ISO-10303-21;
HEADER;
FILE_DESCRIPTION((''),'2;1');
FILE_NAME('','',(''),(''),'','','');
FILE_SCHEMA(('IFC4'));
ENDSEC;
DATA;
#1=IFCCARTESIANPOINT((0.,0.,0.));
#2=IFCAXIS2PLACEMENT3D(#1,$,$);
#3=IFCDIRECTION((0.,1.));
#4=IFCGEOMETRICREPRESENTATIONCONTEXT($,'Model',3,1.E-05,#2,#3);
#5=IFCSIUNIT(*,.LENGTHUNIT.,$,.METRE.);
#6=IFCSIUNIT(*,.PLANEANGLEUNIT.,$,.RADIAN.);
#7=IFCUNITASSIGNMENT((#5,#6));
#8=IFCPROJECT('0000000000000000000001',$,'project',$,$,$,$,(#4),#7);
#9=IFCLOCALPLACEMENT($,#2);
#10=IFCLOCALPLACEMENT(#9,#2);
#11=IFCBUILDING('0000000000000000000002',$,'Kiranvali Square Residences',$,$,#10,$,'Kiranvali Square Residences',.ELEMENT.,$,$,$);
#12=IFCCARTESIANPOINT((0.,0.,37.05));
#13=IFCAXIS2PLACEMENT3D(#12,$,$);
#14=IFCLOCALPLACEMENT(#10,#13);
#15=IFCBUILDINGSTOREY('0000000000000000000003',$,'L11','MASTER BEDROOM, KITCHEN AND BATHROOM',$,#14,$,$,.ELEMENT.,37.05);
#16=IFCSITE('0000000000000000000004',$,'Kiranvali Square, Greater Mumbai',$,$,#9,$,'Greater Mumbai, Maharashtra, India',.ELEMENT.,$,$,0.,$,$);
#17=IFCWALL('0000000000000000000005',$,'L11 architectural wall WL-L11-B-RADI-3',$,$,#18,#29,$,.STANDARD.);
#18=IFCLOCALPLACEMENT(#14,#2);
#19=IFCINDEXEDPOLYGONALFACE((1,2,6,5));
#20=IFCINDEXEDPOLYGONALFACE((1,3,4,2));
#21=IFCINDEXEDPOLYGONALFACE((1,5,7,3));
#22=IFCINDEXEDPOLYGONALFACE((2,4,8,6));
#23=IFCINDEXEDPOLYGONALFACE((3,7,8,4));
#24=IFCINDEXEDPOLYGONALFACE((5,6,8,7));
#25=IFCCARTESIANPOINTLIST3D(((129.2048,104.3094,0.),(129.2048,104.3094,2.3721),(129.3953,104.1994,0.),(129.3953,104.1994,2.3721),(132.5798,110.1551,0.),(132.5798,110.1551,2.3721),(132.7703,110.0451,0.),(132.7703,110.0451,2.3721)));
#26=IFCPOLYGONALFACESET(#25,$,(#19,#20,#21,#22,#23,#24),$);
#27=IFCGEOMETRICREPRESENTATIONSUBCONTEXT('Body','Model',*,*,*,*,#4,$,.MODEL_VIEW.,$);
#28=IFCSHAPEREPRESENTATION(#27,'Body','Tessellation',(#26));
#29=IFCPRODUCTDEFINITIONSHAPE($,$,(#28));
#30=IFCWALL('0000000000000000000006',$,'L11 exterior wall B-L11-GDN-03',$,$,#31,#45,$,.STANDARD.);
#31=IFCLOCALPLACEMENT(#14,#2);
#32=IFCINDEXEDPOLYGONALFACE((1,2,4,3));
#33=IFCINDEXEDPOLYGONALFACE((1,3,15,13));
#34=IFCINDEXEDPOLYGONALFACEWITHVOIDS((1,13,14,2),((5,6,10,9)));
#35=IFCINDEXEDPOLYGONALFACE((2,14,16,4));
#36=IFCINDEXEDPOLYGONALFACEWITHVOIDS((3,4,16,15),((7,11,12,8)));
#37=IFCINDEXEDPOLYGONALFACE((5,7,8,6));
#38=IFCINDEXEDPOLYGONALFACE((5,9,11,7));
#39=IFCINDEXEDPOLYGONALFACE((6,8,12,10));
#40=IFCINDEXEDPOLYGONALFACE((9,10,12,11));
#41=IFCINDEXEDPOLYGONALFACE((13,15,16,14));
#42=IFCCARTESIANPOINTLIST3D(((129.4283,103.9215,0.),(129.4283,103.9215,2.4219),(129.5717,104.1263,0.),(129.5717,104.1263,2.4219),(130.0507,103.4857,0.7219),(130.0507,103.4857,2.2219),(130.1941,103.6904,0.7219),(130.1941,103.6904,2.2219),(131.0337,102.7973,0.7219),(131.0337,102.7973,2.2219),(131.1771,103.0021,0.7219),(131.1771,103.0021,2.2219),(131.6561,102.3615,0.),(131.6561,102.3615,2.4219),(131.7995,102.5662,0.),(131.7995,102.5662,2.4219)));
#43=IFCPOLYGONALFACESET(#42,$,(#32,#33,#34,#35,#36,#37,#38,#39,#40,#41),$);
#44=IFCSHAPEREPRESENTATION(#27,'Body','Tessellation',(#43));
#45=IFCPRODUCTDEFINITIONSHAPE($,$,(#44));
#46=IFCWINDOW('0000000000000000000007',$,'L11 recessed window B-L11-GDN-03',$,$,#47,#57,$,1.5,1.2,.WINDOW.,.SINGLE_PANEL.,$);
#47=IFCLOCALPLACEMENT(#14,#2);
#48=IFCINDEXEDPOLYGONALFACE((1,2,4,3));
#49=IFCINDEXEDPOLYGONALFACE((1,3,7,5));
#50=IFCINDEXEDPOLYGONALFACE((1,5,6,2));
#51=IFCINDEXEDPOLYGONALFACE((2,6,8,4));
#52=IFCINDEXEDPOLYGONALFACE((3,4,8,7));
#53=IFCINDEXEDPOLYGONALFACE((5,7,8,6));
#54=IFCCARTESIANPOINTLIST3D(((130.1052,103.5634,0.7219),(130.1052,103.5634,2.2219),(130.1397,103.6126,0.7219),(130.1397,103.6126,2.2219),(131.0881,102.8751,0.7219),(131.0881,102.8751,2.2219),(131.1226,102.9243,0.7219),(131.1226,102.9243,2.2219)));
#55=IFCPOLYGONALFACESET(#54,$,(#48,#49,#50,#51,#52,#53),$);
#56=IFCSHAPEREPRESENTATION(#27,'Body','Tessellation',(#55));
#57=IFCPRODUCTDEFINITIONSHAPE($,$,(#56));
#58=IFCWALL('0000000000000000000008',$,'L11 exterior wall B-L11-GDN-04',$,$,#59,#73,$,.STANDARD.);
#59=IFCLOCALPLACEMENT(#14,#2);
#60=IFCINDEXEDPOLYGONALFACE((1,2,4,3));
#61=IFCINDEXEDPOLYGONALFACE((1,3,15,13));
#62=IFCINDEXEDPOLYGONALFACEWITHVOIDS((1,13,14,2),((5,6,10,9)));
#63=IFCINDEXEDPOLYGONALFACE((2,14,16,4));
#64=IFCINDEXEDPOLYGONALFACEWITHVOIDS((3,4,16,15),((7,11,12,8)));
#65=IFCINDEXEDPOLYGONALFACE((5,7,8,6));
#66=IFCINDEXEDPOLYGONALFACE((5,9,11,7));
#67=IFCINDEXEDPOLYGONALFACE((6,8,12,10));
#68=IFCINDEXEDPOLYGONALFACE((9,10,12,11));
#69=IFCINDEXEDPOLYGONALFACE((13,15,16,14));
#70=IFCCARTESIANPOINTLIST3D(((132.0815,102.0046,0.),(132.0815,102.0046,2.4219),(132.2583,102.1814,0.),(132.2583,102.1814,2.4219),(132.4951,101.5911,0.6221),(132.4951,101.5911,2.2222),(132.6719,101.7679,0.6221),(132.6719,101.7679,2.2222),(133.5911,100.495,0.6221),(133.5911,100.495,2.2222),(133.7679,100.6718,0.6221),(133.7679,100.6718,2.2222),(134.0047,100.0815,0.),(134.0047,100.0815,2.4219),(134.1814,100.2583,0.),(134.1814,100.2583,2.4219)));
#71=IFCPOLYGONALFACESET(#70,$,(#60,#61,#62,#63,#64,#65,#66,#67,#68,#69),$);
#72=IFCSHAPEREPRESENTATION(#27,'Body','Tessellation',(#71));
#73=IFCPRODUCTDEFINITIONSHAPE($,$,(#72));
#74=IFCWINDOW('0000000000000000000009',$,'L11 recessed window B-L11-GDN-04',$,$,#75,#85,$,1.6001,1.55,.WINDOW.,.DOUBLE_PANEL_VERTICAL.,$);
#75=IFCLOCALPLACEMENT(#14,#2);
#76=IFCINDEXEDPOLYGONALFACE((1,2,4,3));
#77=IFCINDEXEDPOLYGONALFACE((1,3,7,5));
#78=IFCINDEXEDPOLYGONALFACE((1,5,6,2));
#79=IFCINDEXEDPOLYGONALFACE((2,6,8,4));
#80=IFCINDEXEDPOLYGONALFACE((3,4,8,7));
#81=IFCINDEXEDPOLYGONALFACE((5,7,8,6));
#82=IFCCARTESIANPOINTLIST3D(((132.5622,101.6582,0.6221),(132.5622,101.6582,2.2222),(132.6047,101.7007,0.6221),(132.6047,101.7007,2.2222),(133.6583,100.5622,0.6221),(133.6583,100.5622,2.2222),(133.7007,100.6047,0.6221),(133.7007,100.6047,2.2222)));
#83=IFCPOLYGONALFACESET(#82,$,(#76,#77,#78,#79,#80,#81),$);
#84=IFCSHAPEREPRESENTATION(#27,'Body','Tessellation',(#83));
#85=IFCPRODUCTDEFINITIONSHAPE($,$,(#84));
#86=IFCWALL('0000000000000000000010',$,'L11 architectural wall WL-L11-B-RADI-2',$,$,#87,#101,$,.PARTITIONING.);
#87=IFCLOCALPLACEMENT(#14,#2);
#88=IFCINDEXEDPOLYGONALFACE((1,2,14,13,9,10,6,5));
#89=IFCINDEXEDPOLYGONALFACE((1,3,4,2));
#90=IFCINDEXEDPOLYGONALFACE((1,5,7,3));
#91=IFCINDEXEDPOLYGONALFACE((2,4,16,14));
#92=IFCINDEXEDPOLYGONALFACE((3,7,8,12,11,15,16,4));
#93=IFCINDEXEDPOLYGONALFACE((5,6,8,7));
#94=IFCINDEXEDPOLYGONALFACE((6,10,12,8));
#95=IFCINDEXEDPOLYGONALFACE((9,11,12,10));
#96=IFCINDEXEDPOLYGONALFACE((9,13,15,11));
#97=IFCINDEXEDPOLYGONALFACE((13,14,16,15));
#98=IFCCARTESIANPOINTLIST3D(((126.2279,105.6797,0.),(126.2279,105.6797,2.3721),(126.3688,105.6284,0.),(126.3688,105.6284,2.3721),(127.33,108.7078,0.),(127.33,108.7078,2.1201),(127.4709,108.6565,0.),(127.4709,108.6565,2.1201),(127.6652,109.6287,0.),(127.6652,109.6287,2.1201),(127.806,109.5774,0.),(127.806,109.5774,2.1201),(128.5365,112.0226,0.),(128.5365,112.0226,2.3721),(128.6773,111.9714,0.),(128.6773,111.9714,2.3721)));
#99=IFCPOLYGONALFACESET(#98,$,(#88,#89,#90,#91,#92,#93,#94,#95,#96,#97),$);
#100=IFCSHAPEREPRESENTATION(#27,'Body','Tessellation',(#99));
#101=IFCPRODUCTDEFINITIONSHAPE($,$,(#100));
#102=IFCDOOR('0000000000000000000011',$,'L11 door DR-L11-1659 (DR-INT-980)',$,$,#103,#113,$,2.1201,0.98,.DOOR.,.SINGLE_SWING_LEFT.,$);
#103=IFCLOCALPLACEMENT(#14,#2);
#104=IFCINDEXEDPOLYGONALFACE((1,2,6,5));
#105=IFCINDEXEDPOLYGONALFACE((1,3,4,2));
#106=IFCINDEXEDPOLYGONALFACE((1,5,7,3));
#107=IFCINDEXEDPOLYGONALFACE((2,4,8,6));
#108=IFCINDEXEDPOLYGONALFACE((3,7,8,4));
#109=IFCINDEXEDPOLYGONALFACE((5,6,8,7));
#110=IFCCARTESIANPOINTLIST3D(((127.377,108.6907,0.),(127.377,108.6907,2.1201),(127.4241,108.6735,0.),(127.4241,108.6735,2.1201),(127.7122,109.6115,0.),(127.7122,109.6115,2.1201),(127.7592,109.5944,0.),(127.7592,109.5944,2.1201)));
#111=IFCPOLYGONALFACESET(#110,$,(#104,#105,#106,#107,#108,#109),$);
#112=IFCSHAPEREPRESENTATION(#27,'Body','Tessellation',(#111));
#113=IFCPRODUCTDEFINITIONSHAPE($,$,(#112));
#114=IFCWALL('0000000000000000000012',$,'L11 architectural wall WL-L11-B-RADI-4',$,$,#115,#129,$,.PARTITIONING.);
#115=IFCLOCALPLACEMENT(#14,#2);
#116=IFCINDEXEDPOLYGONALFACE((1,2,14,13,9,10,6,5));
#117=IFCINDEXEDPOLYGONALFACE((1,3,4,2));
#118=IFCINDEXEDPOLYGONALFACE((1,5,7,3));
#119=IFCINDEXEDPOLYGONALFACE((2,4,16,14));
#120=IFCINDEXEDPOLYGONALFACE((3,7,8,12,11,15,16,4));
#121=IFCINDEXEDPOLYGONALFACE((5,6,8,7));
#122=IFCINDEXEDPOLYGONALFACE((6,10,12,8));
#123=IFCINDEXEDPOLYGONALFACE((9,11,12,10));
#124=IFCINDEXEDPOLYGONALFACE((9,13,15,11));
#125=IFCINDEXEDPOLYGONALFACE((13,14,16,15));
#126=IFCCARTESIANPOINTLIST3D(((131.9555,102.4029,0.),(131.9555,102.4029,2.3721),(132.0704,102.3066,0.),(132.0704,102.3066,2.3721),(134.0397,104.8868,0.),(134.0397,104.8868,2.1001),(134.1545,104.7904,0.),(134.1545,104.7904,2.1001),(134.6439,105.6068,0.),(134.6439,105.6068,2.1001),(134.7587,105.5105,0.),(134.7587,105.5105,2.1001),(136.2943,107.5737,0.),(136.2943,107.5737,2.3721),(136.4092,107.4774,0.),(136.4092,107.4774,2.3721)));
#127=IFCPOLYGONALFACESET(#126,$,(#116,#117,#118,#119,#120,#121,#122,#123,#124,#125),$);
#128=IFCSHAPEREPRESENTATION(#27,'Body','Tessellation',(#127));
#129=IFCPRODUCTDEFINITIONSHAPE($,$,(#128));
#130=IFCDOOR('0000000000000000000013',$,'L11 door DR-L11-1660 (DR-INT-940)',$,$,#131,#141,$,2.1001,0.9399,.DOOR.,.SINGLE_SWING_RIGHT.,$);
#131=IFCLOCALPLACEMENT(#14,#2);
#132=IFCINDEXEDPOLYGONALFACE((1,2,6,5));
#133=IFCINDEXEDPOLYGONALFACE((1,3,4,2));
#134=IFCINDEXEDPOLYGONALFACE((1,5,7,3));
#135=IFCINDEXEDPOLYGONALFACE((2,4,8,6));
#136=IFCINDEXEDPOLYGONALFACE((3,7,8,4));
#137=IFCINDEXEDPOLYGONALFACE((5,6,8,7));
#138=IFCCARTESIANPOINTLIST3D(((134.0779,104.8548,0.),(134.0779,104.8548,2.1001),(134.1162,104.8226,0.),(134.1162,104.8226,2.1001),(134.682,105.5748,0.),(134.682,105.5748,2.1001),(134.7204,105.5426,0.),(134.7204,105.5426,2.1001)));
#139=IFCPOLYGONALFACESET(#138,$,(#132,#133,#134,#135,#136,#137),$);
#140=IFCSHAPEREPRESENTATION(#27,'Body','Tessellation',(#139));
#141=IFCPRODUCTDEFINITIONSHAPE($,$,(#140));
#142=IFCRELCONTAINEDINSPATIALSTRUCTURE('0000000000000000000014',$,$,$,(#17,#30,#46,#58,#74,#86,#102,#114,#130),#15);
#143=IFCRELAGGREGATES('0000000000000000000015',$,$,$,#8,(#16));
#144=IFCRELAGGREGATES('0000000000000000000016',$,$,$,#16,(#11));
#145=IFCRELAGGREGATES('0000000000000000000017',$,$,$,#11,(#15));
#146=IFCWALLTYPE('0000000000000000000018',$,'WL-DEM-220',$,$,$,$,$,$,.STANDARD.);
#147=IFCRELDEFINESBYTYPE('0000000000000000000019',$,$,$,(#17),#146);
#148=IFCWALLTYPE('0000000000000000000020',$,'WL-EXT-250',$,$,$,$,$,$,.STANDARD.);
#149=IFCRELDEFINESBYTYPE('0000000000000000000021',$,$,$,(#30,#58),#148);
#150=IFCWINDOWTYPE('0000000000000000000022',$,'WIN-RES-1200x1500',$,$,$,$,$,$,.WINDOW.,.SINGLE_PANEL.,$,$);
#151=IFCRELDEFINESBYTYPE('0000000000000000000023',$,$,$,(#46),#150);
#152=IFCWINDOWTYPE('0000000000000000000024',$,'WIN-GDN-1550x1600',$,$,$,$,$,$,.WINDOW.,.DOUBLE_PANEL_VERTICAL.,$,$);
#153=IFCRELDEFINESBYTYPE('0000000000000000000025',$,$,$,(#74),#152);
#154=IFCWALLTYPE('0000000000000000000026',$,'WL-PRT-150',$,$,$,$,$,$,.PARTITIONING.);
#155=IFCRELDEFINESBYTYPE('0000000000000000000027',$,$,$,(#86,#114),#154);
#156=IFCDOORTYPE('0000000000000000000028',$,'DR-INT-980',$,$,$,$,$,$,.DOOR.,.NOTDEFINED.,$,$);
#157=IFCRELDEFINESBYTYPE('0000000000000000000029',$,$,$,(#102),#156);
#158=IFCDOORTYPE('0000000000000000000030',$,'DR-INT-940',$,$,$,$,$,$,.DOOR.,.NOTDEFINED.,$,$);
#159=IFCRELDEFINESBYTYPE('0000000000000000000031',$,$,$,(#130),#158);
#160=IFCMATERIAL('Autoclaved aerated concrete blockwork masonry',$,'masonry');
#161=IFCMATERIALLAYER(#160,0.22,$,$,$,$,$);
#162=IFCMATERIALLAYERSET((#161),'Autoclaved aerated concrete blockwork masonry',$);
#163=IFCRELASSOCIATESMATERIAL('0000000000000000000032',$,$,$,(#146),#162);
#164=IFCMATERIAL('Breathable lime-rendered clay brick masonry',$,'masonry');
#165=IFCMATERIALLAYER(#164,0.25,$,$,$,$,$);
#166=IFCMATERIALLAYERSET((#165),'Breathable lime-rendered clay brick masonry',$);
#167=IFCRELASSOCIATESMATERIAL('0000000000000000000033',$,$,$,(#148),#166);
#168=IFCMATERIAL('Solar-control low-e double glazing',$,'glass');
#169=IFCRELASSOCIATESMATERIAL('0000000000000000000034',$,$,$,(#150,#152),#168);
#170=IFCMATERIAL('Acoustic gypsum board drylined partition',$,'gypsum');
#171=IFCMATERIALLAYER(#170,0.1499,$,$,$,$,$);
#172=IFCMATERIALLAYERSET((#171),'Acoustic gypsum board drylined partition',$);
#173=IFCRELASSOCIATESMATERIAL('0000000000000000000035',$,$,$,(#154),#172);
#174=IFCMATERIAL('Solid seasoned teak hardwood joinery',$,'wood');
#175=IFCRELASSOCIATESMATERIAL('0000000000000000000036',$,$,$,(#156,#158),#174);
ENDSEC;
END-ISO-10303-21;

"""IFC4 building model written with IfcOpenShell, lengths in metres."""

from ifc_helpers import new_model, si_unit, direction, frame, frame_2d, origin, place, context, subcontext, project, spatial, rectangle, extrude, material, layer, layer_set, type_object, element, fill, save


model = new_model("IFC4")

# Units and contexts
model_context = context("Model", 3, precision=1e-05, world=origin(), true_north=direction((0.0, 1.0)))
body_context = subcontext(model_context, "Body", "Model", "MODEL_VIEW")
ifc_project = project(units=[si_unit("LENGTHUNIT", "METRE"), si_unit("PLANEANGLEUNIT", "RADIAN")], contexts=[model_context])

# Site, building, storey
site_placement = place(None, origin())
site = spatial("IfcSite", under=ifc_project, at=site_placement, Name="Kiranvali Square, Greater Mumbai", LongName="Greater Mumbai, Maharashtra, India", CompositionType="ELEMENT", RefElevation=0.0)
building_placement = place(site_placement, origin())
building = spatial("IfcBuilding", under=site, at=building_placement, Name="Kiranvali Square Residences", LongName="Kiranvali Square Residences", CompositionType="ELEMENT")
storey_placement = place(building_placement, frame((0.0, 0.0, 37.05)))
storey = spatial("IfcBuildingStorey", under=building, at=storey_placement, Name="L11", Description="MASTER BEDROOM, KITCHEN AND BATHROOM", CompositionType="ELEMENT", Elevation=37.05)

# Wall
ifc_material_1 = material(Name="Autoclaved aerated concrete blockwork masonry", Category="masonry")
ifc_layer_1 = layer(ifc_material_1, 0.22)
ifc_layer_set_1 = layer_set([ifc_layer_1], Name="Autoclaved aerated concrete blockwork masonry")
wall_type_1 = type_object("IfcWallType", Name="WL-DEM-220", PredefinedType="STANDARD", material=ifc_layer_set_1)
wall_1_placement = place(storey_placement, frame((129.3, 104.2544, 0.0), z_axis=(0.0, 0.0, 1.0), x_axis=(0.499998, 0.866027, 0.0)))
element("IfcWall", 1, at=wall_1_placement, inside=storey, type_object=wall_type_1, Name="L11 architectural wall WL-L11-B-RADI-3", PredefinedType="STANDARD", context=body_context, shape_type="SweptSolid", body=[
    extrude(rectangle(XDim=6.75, YDim=0.22, at=frame_2d((3.375, 0.0))), origin(), (0.0, 0.0, 1.0), 2.3721),
])

# Shared definitions
ifc_material_2 = material(Name="Breathable lime-rendered clay brick masonry", Category="masonry")
ifc_layer_2 = layer(ifc_material_2, 0.25)
ifc_layer_set_2 = layer_set([ifc_layer_2], Name="Breathable lime-rendered clay brick masonry")
wall_type_2 = type_object("IfcWallType", Name="WL-EXT-250", PredefinedType="STANDARD", material=ifc_layer_set_2)

# Walls, openings, windows
wall_2_placement = place(storey_placement, frame((129.5, 104.0239, 0.0), z_axis=(0.0, 0.0, 1.0), x_axis=(0.819126, -0.573613, 0.0)))
wall_2 = element("IfcWall", 2, at=wall_2_placement, inside=storey, type_object=wall_type_2, Name="L11 exterior wall B-L11-GDN-03", PredefinedType="STANDARD", context=body_context, shape_type="SweptSolid", body=[
    extrude(rectangle(XDim=2.7197, YDim=0.25, at=frame_2d((1.3599, 0.0))), origin(), (0.0, 0.0, 1.0), 2.4219),
])
opening_1_placement = place(wall_2_placement, frame((0.7598, 0.0, 0.7219)))
opening_1 = element("IfcOpeningElement", 3, at=opening_1_placement, cuts=wall_2, PredefinedType="OPENING", context=body_context, shape_type="SweptSolid", body=[
    extrude(rectangle(XDim=1.2, YDim=1.5, at=frame_2d((0.6001, 0.75))), frame((0.0, 0.135, 0.0), z_axis=(0.0, -1.0, 0.0), x_axis=(1.0, 0.0, 0.0)), (0.0, 0.0, 1.0), 0.27),
])
ifc_material_3 = material(Name="Solar-control low-e double glazing", Category="glass")
window_type_1 = type_object("IfcWindowType", Name="WIN-RES-1200x1500", PartitioningType="SINGLE_PANEL", PredefinedType="WINDOW", material=ifc_material_3)
window_1_placement = place(opening_1_placement, origin())
window_1 = element("IfcWindow", 4, at=window_1_placement, inside=storey, type_object=window_type_1, Name="L11 recessed window B-L11-GDN-03", OverallHeight=1.5, OverallWidth=1.2, PartitioningType="SINGLE_PANEL", PredefinedType="WINDOW", context=body_context, shape_type="SweptSolid", body=[
    extrude(rectangle(XDim=1.2, YDim=1.5, at=frame_2d((0.6001, 0.75))), frame((0.0, 0.03, 0.0), z_axis=(0.0, -1.0, 0.0), x_axis=(1.0, 0.0, 0.0)), (0.0, 0.0, 1.0), 0.0601),
])
fill(opening_1, window_1)
wall_3_placement = place(storey_placement, frame((132.1699, 102.093, 0.0), z_axis=(0.0, 0.0, 1.0), x_axis=(0.707107, -0.707107, 0.0)))
wall_3 = element("IfcWall", 5, at=wall_3_placement, inside=storey, type_object=wall_type_2, Name="L11 exterior wall B-L11-GDN-04", PredefinedType="STANDARD", context=body_context, shape_type="SweptSolid", body=[
    extrude(rectangle(XDim=2.7197, YDim=0.25, at=frame_2d((1.3599, 0.0))), origin(), (0.0, 0.0, 1.0), 2.4219),
])
opening_2_placement = place(wall_3_placement, frame((0.585, 0.0, 0.6221)))
opening_2 = element("IfcOpeningElement", 6, at=opening_2_placement, cuts=wall_3, PredefinedType="OPENING", context=body_context, shape_type="SweptSolid", body=[
    extrude(rectangle(XDim=1.55, YDim=1.6001, at=frame_2d((0.7749, 0.8))), frame((0.0, 0.135, 0.0), z_axis=(0.0, -1.0, 0.0), x_axis=(1.0, 0.0, 0.0)), (0.0, 0.0, 1.0), 0.27),
])
window_type_2 = type_object("IfcWindowType", Name="WIN-GDN-1550x1600", PartitioningType="DOUBLE_PANEL_VERTICAL", PredefinedType="WINDOW", material=ifc_material_3)
window_2_placement = place(opening_2_placement, origin())
window_2 = element("IfcWindow", 7, at=window_2_placement, inside=storey, type_object=window_type_2, Name="L11 recessed window B-L11-GDN-04", OverallHeight=1.6001, OverallWidth=1.55, PartitioningType="DOUBLE_PANEL_VERTICAL", PredefinedType="WINDOW", context=body_context, shape_type="SweptSolid", body=[
    extrude(rectangle(XDim=1.55, YDim=1.6001, at=frame_2d((0.7749, 0.8))), frame((0.0, 0.03, 0.0), z_axis=(0.0, -1.0, 0.0), x_axis=(1.0, 0.0, 0.0)), (0.0, 0.0, 1.0), 0.0601),
])
fill(opening_2, window_2)

# Walls, openings, doors
ifc_material_4 = material(Name="Acoustic gypsum board drylined partition", Category="gypsum")
ifc_layer_3 = layer(ifc_material_4, 0.1499)
ifc_layer_set_3 = layer_set([ifc_layer_3], Name="Acoustic gypsum board drylined partition")
wall_type_3 = type_object("IfcWallType", Name="WL-PRT-150", PredefinedType="PARTITIONING", material=ifc_layer_set_3)
wall_4_placement = place(storey_placement, frame((126.2983, 105.6541, 0.0), z_axis=(0.0, 0.0, 1.0), x_axis=(0.34201, 0.939696, 0.0)))
wall_4 = element("IfcWall", 8, at=wall_4_placement, inside=storey, type_object=wall_type_3, Name="L11 architectural wall WL-L11-B-RADI-2", PredefinedType="PARTITIONING", context=body_context, shape_type="SweptSolid", body=[
    extrude(rectangle(XDim=6.75, YDim=0.1499, at=frame_2d((3.375, 0.0))), origin(), (0.0, 0.0, 1.0), 2.3721),
])
opening_3_placement = place(wall_4_placement, frame((3.2224, 0.0, 0.0)))
opening_3 = element("IfcOpeningElement", 9, at=opening_3_placement, cuts=wall_4, PredefinedType="OPENING", context=body_context, shape_type="SweptSolid", body=[
    extrude(rectangle(XDim=0.98, YDim=2.1201, at=frame_2d((0.49, 1.0601))), frame((0.0, 0.085, 0.0), z_axis=(0.0, -1.0, 0.0), x_axis=(1.0, 0.0, 0.0)), (0.0, 0.0, 1.0), 0.1699),
])
ifc_material_5 = material(Name="Solid seasoned teak hardwood joinery", Category="wood")
door_type_1 = type_object("IfcDoorType", Name="DR-INT-980", OperationType="NOTDEFINED", PredefinedType="DOOR", material=ifc_material_5)
door_1_placement = place(opening_3_placement, origin())
door_1 = element("IfcDoor", 10, at=door_1_placement, inside=storey, type_object=door_type_1, Name="L11 door DR-L11-1659 (DR-INT-980)", OperationType="SINGLE_SWING_LEFT", OverallHeight=2.1201, OverallWidth=0.98, PredefinedType="DOOR", context=body_context, shape_type="SweptSolid", body=[
    extrude(rectangle(XDim=0.98, YDim=2.1201, at=frame_2d((0.49, 1.0601))), frame((0.0, 0.0249, 0.0), z_axis=(0.0, -1.0, 0.0), x_axis=(1.0, 0.0, 0.0)), (0.0, 0.0, 1.0), 0.05),
])
fill(opening_3, door_1)
wall_5_placement = place(storey_placement, frame((132.0129, 102.3547, 0.0), z_axis=(0.0, 0.0, 1.0), x_axis=(0.642785, 0.766047, 0.0)))
wall_5 = element("IfcWall", 11, at=wall_5_placement, inside=storey, type_object=wall_type_3, Name="L11 architectural wall WL-L11-B-RADI-4", PredefinedType="PARTITIONING", context=body_context, shape_type="SweptSolid", body=[
    extrude(rectangle(XDim=6.75, YDim=0.1499, at=frame_2d((3.375, 0.0))), origin(), (0.0, 0.0, 1.0), 2.3721),
])
opening_4_placement = place(wall_5_placement, frame((3.2424, 0.0, 0.0)))
opening_4 = element("IfcOpeningElement", 12, at=opening_4_placement, cuts=wall_5, PredefinedType="OPENING", context=body_context, shape_type="SweptSolid", body=[
    extrude(rectangle(XDim=0.9399, YDim=2.1001, at=frame_2d((0.47, 1.05))), frame((0.0, 0.085, 0.0), z_axis=(0.0, -1.0, 0.0), x_axis=(1.0, 0.0, 0.0)), (0.0, 0.0, 1.0), 0.1699),
])
door_type_2 = type_object("IfcDoorType", Name="DR-INT-940", OperationType="NOTDEFINED", PredefinedType="DOOR", material=ifc_material_5)
door_2_placement = place(opening_4_placement, frame((0.9399, 0.0, 0.0), z_axis=(0.0, 0.0, 1.0), x_axis=(-1.0, 0.0, 0.0)))
door_2 = element("IfcDoor", 13, at=door_2_placement, inside=storey, type_object=door_type_2, Name="L11 door DR-L11-1660 (DR-INT-940)", OperationType="SINGLE_SWING_RIGHT", OverallHeight=2.1001, OverallWidth=0.9399, PredefinedType="DOOR", context=body_context, shape_type="SweptSolid", body=[
    extrude(rectangle(XDim=0.9399, YDim=2.1001, at=frame_2d((0.47, 1.05))), frame((0.0, 0.0249, 0.0), z_axis=(0.0, -1.0, 0.0), x_axis=(1.0, 0.0, 0.0)), (0.0, 0.0, 1.0), 0.05),
])
fill(opening_4, door_2)

save(model, "model.ifc")
